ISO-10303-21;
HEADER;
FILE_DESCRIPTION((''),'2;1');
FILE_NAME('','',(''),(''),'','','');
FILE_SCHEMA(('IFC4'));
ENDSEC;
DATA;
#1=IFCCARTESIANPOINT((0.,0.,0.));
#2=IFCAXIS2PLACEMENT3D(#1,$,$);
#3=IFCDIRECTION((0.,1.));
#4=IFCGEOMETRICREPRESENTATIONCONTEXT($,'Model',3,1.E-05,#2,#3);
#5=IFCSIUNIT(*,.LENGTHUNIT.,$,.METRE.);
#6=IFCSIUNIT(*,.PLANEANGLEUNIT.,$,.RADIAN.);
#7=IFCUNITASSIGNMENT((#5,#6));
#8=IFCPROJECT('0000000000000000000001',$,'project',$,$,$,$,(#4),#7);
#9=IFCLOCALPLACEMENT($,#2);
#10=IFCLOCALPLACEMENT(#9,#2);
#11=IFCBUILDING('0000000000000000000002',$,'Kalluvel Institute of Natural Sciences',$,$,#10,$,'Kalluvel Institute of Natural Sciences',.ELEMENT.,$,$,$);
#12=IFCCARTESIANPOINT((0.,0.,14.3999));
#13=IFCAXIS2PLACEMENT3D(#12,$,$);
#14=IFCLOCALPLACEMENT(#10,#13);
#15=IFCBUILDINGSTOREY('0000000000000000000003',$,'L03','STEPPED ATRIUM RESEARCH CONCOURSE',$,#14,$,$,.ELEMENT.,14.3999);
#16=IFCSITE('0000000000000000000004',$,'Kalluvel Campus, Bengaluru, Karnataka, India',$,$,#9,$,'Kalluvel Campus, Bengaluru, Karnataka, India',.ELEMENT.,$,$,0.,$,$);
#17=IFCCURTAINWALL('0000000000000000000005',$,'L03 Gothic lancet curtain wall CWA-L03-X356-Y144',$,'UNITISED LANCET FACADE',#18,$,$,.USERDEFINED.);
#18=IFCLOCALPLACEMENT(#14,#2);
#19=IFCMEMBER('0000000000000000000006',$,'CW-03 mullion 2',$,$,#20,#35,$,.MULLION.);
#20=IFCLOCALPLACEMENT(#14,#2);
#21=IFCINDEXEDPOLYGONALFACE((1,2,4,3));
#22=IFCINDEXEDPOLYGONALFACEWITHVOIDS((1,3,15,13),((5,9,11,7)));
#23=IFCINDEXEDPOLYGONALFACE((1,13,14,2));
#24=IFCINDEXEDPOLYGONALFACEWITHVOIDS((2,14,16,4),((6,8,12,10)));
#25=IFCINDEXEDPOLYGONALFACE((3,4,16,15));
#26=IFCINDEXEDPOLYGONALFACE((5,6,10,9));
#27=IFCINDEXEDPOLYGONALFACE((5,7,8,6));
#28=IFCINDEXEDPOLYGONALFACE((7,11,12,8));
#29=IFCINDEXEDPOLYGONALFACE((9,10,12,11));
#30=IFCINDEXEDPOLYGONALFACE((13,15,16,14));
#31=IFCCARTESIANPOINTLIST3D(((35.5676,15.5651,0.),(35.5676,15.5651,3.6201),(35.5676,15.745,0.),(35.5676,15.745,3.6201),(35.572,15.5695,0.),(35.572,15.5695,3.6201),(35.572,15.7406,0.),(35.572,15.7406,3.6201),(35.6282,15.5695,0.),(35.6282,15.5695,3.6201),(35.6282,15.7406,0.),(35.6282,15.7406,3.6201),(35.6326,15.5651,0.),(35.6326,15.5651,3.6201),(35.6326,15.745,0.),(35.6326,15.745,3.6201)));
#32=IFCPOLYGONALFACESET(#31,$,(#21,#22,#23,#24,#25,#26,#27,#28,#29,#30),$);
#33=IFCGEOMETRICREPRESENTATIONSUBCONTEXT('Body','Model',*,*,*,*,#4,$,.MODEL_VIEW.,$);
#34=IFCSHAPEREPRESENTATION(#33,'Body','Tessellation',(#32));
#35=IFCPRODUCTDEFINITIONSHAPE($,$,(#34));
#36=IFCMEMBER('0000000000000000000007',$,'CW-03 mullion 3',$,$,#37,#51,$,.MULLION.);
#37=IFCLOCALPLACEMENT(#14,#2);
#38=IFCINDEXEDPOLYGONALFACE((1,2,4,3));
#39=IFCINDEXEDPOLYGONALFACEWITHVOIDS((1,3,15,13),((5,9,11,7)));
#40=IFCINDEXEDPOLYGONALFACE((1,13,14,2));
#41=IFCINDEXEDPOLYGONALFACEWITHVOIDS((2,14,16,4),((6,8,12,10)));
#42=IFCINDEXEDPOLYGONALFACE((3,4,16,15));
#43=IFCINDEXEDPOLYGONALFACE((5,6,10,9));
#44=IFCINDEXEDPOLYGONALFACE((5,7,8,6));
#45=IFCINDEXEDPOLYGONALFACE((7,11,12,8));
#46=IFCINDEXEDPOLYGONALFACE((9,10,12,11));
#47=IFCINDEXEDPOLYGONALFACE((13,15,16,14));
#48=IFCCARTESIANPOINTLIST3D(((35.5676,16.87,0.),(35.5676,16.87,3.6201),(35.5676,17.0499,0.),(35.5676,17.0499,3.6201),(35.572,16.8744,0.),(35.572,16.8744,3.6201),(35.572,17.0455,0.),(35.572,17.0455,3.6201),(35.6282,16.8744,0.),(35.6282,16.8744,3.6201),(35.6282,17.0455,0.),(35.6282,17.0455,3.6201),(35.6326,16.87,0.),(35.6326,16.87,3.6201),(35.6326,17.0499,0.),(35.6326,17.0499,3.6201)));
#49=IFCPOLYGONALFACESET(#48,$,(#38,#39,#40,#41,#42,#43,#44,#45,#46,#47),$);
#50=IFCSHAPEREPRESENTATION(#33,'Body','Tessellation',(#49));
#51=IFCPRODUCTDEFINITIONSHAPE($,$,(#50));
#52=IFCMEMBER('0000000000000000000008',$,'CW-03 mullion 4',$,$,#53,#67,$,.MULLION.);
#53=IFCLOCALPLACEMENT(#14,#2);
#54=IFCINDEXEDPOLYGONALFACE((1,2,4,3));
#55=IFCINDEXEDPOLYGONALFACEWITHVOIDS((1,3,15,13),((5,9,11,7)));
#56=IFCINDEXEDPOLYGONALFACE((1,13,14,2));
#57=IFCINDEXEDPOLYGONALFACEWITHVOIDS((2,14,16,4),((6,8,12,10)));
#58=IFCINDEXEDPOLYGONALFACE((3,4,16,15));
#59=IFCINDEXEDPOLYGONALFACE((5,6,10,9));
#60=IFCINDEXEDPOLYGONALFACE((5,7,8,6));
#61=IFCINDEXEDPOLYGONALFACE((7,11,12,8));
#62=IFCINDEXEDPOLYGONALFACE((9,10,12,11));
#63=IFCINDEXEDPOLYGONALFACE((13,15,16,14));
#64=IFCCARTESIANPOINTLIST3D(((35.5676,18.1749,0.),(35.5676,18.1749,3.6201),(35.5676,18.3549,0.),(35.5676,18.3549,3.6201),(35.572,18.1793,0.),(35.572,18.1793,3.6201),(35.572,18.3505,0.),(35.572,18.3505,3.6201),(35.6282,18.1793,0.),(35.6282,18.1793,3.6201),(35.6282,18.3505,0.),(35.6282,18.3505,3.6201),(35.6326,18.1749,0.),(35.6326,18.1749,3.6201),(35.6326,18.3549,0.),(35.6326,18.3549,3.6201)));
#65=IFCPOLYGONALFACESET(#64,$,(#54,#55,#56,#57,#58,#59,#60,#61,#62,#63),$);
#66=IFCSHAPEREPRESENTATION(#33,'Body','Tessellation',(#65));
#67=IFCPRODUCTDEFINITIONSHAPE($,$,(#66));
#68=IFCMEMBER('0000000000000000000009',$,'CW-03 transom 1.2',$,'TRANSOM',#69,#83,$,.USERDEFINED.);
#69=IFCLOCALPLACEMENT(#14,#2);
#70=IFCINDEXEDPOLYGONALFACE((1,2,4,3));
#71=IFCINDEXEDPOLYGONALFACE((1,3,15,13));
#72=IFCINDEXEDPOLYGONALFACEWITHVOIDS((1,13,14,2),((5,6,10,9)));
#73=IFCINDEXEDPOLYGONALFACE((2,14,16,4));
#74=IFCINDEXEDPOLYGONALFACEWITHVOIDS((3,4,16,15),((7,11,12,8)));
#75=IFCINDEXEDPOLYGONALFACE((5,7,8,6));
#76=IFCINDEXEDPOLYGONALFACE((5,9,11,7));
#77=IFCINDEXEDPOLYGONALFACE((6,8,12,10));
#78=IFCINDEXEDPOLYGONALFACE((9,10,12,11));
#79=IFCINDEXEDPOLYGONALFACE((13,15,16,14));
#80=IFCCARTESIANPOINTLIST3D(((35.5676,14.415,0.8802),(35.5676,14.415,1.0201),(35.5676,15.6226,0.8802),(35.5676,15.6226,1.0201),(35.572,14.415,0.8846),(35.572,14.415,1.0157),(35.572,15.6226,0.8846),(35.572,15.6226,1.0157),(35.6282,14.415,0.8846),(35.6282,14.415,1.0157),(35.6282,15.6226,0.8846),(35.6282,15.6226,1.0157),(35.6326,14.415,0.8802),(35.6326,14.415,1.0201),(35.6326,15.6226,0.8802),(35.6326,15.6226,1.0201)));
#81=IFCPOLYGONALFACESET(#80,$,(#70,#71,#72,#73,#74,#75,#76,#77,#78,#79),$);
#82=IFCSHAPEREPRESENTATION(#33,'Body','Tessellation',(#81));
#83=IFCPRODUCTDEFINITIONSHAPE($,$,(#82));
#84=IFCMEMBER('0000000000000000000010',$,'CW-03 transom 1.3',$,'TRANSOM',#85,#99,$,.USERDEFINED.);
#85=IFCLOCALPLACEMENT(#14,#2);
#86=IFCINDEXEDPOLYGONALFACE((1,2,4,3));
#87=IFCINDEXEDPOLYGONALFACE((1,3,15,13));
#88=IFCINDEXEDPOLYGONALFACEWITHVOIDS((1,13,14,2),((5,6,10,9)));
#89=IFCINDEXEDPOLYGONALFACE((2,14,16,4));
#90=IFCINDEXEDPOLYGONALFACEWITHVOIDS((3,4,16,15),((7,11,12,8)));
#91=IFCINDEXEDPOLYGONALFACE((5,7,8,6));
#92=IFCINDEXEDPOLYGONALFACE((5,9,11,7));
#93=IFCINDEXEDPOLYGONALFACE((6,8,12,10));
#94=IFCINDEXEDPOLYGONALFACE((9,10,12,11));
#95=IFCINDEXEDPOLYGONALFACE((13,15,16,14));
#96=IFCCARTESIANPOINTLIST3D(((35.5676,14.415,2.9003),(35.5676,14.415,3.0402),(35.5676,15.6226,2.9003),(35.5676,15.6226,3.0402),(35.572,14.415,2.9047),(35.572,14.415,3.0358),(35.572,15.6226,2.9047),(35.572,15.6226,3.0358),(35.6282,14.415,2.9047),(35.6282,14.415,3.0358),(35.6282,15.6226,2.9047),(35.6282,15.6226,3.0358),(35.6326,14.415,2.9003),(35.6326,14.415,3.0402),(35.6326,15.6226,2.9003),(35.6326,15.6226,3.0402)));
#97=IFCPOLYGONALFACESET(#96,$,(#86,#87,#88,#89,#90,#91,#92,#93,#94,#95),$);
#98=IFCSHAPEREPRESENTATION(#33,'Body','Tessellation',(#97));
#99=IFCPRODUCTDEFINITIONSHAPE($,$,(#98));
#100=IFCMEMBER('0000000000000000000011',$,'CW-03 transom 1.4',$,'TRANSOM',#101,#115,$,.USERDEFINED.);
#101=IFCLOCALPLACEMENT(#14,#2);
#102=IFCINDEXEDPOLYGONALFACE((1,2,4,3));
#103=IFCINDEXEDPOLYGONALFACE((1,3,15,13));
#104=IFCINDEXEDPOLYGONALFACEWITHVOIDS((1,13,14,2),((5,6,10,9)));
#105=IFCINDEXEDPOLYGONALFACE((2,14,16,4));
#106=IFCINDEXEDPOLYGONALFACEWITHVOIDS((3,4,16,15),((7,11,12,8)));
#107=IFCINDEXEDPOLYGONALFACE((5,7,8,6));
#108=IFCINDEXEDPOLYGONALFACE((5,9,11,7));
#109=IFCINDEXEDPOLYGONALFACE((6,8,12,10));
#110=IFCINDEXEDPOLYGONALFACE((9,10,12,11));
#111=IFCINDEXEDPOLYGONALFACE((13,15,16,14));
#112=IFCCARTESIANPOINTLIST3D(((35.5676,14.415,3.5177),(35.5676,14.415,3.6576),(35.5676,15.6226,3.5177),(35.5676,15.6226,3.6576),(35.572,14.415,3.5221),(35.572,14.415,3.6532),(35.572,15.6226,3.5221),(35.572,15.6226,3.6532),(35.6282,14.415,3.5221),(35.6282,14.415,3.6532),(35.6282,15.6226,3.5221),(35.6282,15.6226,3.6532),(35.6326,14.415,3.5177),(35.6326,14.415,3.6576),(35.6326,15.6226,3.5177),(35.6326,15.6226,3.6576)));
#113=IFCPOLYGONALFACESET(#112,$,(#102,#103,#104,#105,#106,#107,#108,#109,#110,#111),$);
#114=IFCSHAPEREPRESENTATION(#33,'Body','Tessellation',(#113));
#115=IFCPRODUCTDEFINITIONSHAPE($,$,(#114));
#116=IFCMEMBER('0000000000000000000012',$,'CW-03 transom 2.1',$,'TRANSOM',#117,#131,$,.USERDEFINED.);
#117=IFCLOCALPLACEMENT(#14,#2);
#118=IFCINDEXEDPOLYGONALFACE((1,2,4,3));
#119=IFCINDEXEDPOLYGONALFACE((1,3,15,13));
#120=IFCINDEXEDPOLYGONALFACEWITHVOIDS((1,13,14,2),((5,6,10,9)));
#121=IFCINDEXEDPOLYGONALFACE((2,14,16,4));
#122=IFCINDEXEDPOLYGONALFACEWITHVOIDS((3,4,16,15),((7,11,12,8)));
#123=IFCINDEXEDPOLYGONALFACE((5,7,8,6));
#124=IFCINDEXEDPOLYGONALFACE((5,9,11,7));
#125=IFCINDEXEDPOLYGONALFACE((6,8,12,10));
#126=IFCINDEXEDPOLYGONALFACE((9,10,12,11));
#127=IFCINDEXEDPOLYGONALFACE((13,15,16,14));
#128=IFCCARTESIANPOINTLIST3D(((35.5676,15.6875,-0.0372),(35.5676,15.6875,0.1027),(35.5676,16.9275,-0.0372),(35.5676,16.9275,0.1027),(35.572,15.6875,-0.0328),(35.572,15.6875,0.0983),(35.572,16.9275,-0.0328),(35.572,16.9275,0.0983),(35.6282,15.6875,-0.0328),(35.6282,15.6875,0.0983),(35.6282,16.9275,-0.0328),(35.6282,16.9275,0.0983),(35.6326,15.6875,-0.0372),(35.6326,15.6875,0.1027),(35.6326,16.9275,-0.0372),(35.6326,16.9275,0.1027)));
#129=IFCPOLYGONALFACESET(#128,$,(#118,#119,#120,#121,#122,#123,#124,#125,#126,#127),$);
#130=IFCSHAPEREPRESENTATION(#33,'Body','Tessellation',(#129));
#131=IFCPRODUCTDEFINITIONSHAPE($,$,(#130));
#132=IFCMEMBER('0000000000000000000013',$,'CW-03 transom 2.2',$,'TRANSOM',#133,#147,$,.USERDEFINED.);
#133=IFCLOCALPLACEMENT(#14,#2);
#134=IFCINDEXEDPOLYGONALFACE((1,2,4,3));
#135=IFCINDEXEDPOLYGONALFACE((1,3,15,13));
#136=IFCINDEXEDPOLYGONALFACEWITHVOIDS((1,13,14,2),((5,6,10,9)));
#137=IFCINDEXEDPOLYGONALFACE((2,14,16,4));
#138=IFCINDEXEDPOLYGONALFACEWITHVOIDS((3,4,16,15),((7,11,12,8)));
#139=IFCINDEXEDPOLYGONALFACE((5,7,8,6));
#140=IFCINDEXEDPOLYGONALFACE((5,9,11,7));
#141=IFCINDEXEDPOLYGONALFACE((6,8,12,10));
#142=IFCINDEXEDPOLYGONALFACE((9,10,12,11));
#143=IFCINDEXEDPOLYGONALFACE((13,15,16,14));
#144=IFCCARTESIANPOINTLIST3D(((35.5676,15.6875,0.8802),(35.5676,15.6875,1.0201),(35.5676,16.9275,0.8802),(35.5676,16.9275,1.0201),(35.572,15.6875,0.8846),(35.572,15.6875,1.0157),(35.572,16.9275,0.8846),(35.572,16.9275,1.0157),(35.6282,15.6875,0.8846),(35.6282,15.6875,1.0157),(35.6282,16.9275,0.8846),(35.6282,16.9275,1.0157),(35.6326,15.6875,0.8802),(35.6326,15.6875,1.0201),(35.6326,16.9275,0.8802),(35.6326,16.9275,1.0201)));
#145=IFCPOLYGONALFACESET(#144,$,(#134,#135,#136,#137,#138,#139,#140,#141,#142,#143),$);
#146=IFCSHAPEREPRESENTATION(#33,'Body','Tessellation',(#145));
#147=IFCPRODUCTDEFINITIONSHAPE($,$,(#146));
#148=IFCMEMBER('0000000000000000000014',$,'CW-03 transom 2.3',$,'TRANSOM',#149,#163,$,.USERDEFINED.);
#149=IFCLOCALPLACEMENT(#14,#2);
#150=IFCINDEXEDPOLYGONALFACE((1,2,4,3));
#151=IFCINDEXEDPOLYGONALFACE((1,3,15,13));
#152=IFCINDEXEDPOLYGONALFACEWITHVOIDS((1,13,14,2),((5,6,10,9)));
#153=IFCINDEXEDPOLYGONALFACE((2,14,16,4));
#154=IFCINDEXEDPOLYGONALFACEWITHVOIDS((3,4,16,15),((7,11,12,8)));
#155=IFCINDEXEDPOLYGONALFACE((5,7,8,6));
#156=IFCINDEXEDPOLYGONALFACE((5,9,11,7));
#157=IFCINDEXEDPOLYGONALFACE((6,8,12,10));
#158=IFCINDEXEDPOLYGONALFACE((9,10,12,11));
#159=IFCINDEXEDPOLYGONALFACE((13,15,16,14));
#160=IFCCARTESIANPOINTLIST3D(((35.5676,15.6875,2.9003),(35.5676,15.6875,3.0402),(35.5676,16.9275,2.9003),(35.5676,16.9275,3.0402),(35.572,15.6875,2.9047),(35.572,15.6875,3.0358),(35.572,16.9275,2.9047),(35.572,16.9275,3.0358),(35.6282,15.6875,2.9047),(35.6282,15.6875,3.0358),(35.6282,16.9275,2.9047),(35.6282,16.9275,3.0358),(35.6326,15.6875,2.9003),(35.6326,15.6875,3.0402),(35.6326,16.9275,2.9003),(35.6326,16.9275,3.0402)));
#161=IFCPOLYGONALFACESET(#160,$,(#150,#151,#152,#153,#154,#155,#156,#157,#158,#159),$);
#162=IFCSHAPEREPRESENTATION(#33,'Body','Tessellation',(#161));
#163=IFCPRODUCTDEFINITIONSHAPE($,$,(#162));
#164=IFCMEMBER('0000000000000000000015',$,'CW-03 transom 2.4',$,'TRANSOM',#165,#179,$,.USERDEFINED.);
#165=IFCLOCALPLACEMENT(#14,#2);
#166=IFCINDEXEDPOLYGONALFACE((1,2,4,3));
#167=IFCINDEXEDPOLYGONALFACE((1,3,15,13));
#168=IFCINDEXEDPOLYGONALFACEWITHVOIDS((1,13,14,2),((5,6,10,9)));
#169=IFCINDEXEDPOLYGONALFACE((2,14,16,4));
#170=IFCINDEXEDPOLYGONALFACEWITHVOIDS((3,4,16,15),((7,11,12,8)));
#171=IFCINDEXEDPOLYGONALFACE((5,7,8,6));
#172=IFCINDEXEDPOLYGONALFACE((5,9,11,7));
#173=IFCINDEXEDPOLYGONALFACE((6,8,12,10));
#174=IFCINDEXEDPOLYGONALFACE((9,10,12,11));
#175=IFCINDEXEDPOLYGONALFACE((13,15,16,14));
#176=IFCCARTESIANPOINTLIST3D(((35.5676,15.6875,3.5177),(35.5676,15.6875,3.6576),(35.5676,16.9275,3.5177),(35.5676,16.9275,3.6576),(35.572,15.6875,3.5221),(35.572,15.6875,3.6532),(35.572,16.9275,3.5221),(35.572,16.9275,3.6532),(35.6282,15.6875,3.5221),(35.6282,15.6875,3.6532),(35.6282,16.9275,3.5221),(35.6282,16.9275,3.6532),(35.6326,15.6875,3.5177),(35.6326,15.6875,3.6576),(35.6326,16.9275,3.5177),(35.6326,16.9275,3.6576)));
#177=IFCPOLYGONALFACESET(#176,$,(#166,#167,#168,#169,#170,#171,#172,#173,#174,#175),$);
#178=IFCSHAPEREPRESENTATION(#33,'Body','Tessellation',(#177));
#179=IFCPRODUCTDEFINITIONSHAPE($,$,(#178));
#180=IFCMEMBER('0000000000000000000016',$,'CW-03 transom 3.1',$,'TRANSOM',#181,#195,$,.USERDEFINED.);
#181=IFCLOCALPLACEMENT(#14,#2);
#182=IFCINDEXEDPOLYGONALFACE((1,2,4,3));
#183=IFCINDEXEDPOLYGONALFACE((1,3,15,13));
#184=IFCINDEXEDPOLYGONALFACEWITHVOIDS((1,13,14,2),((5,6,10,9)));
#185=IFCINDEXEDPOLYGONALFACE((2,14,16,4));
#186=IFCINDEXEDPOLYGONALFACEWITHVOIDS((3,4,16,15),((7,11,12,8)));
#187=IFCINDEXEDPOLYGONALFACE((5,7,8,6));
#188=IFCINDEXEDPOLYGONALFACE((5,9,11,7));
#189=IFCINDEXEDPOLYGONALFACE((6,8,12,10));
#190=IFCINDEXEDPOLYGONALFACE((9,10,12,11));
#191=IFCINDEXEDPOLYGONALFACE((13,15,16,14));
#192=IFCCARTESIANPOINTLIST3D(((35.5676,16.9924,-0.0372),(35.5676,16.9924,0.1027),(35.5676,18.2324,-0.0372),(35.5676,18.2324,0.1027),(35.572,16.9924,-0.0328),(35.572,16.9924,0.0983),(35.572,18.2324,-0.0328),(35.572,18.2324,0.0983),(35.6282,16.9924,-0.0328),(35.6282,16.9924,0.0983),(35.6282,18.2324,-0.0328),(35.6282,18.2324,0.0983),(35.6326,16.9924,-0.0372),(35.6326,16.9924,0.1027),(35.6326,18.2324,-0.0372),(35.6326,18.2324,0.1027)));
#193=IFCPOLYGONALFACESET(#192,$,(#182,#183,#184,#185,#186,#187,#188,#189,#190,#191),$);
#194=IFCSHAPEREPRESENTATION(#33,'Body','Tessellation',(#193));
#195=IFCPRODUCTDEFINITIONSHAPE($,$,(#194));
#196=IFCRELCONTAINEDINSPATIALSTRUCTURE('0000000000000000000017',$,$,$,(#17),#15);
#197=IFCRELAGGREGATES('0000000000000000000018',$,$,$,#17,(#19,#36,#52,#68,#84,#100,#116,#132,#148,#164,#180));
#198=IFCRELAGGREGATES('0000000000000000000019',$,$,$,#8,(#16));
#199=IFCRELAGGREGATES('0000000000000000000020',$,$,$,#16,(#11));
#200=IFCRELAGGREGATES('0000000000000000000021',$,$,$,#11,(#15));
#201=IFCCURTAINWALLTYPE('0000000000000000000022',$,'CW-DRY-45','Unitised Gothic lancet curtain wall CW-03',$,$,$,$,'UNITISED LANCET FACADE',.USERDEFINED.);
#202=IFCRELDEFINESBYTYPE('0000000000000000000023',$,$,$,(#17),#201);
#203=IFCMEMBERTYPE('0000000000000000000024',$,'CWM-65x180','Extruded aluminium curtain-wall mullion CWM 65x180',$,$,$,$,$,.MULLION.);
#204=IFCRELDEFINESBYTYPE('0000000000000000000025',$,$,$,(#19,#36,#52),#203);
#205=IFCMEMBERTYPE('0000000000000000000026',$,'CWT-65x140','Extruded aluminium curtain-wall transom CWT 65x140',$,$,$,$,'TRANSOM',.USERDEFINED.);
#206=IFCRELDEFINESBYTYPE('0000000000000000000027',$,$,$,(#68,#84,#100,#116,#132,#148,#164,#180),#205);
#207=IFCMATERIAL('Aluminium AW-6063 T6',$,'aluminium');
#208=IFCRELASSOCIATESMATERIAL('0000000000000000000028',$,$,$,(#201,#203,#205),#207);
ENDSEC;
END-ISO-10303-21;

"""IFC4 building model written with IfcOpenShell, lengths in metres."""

from ifc_helpers import new_model, si_unit, direction, frame, origin, origin_2d, place, context, subcontext, project, spatial, hollow_rectangle, extrude, material, material_profile, profile_set, type_object, element, aggregate, save


model = new_model("IFC4")

# Units and contexts
model_context = context("Model", 3, precision=1e-05, world=origin(), true_north=direction((0.0, 1.0)))
body_context = subcontext(model_context, "Body", "Model", "MODEL_VIEW")
ifc_project = project(units=[si_unit("LENGTHUNIT", "METRE"), si_unit("PLANEANGLEUNIT", "RADIAN")], contexts=[model_context])

# Site, building, storey
site_placement = place(None, origin())
site = spatial("IfcSite", under=ifc_project, at=site_placement, Name="Kalluvel Campus, Bengaluru, Karnataka, India", LongName="Kalluvel Campus, Bengaluru, Karnataka, India", CompositionType="ELEMENT", RefElevation=0.0)
building_placement = place(site_placement, origin())
building = spatial("IfcBuilding", under=site, at=building_placement, Name="Kalluvel Institute of Natural Sciences", LongName="Kalluvel Institute of Natural Sciences", CompositionType="ELEMENT")
storey_placement = place(building_placement, frame((0.0, 0.0, 14.3999)))
storey = spatial("IfcBuildingStorey", under=building, at=storey_placement, Name="L03", Description="STEPPED ATRIUM RESEARCH CONCOURSE", CompositionType="ELEMENT", Elevation=14.3999)

# Curtain wall, members
ifc_material_1 = material(Name="Aluminium AW-6063 T6", Category="aluminium")
curtain_wall_type = type_object("IfcCurtainWallType", Name="CW-DRY-45", Description="Unitised Gothic lancet curtain wall CW-03", ElementType="UNITISED LANCET FACADE", PredefinedType="USERDEFINED", material=ifc_material_1)
curtain_wall_placement = place(storey_placement, origin())
curtain_wall = element("IfcCurtainWall", 1, at=curtain_wall_placement, inside=storey, type_object=curtain_wall_type, Name="L03 Gothic lancet curtain wall CWA-L03-X356-Y144", ObjectType="UNITISED LANCET FACADE", PredefinedType="USERDEFINED")
ifc_material_profile_1 = material_profile(ifc_material_1, hollow_rectangle(XDim=0.0649, YDim=0.1799, WallThickness=0.0044, at=origin_2d()), Name="CWM 65x180")
ifc_profile_set_1 = profile_set([ifc_material_profile_1], Name="Aluminium AW-6063 T6")
member_type_1 = type_object("IfcMemberType", Name="CWM-65x180", Description="Extruded aluminium curtain-wall mullion CWM 65x180", PredefinedType="MULLION", material=ifc_profile_set_1)
member_1_placement = place(storey_placement, frame((35.6001, 15.655, 0.0), z_axis=(0.0, 0.0, 1.0), x_axis=(-1.0, 0.0, 0.0)))
member_1 = element("IfcMember", 2, at=member_1_placement, type_object=member_type_1, Name="CW-03 mullion 2", PredefinedType="MULLION", context=body_context, shape_type="SweptSolid", body=[
    extrude(hollow_rectangle(XDim=0.0649, YDim=0.1799, WallThickness=0.0044, at=origin_2d()), origin(), (0.0, 0.0, 1.0), 3.6201),
])
member_2_placement = place(storey_placement, frame((35.6001, 16.96, 0.0), z_axis=(0.0, 0.0, 1.0), x_axis=(-1.0, 0.0, 0.0)))
member_2 = element("IfcMember", 3, at=member_2_placement, type_object=member_type_1, Name="CW-03 mullion 3", PredefinedType="MULLION", context=body_context, shape_type="SweptSolid", body=[
    extrude(hollow_rectangle(XDim=0.0649, YDim=0.1799, WallThickness=0.0044, at=origin_2d()), origin(), (0.0, 0.0, 1.0), 3.6201),
])
member_3_placement = place(storey_placement, frame((35.6001, 18.2649, 0.0), z_axis=(0.0, 0.0, 1.0), x_axis=(-1.0, 0.0, 0.0)))
member_3 = element("IfcMember", 4, at=member_3_placement, type_object=member_type_1, Name="CW-03 mullion 4", PredefinedType="MULLION", context=body_context, shape_type="SweptSolid", body=[
    extrude(hollow_rectangle(XDim=0.0649, YDim=0.1799, WallThickness=0.0044, at=origin_2d()), origin(), (0.0, 0.0, 1.0), 3.6201),
])
ifc_material_profile_2 = material_profile(ifc_material_1, hollow_rectangle(XDim=0.0649, YDim=0.1399, WallThickness=0.0044, at=origin_2d()), Name="CWT 65x140")
ifc_profile_set_2 = profile_set([ifc_material_profile_2], Name="Aluminium AW-6063 T6")
member_type_2 = type_object("IfcMemberType", Name="CWT-65x140", Description="Extruded aluminium curtain-wall transom CWT 65x140", ElementType="TRANSOM", PredefinedType="USERDEFINED", material=ifc_profile_set_2)
member_4_placement = place(storey_placement, frame((35.6001, 14.415, 0.9502), z_axis=(0.0, 1.0, 0.0), x_axis=(-1.0, 0.0, 0.0)))
member_4 = element("IfcMember", 5, at=member_4_placement, type_object=member_type_2, Name="CW-03 transom 1.2", ObjectType="TRANSOM", PredefinedType="USERDEFINED", context=body_context, shape_type="SweptSolid", body=[
    extrude(hollow_rectangle(XDim=0.0649, YDim=0.1399, WallThickness=0.0044, at=origin_2d()), origin(), (0.0, 0.0, 1.0), 1.2075),
])
member_5_placement = place(storey_placement, frame((35.6001, 14.415, 2.9702), z_axis=(0.0, 1.0, 0.0), x_axis=(-1.0, 0.0, 0.0)))
member_5 = element("IfcMember", 6, at=member_5_placement, type_object=member_type_2, Name="CW-03 transom 1.3", ObjectType="TRANSOM", PredefinedType="USERDEFINED", context=body_context, shape_type="SweptSolid", body=[
    extrude(hollow_rectangle(XDim=0.0649, YDim=0.1399, WallThickness=0.0044, at=origin_2d()), origin(), (0.0, 0.0, 1.0), 1.2075),
])
member_6_placement = place(storey_placement, frame((35.6001, 14.415, 3.5876), z_axis=(0.0, 1.0, 0.0), x_axis=(-1.0, 0.0, 0.0)))
member_6 = element("IfcMember", 7, at=member_6_placement, type_object=member_type_2, Name="CW-03 transom 1.4", ObjectType="TRANSOM", PredefinedType="USERDEFINED", context=body_context, shape_type="SweptSolid", body=[
    extrude(hollow_rectangle(XDim=0.0649, YDim=0.1399, WallThickness=0.0044, at=origin_2d()), origin(), (0.0, 0.0, 1.0), 1.2075),
])
member_7_placement = place(storey_placement, frame((35.6001, 15.6875, 0.0327), z_axis=(0.0, 1.0, 0.0), x_axis=(-1.0, 0.0, 0.0)))
member_7 = element("IfcMember", 8, at=member_7_placement, type_object=member_type_2, Name="CW-03 transom 2.1", ObjectType="TRANSOM", PredefinedType="USERDEFINED", context=body_context, shape_type="SweptSolid", body=[
    extrude(hollow_rectangle(XDim=0.0649, YDim=0.1399, WallThickness=0.0044, at=origin_2d()), origin(), (0.0, 0.0, 1.0), 1.24),
])
member_8_placement = place(storey_placement, frame((35.6001, 15.6875, 0.9502), z_axis=(0.0, 1.0, 0.0), x_axis=(-1.0, 0.0, 0.0)))
member_8 = element("IfcMember", 9, at=member_8_placement, type_object=member_type_2, Name="CW-03 transom 2.2", ObjectType="TRANSOM", PredefinedType="USERDEFINED", context=body_context, shape_type="SweptSolid", body=[
    extrude(hollow_rectangle(XDim=0.0649, YDim=0.1399, WallThickness=0.0044, at=origin_2d()), origin(), (0.0, 0.0, 1.0), 1.24),
])
member_9_placement = place(storey_placement, frame((35.6001, 15.6875, 2.9702), z_axis=(0.0, 1.0, 0.0), x_axis=(-1.0, 0.0, 0.0)))
member_9 = element("IfcMember", 10, at=member_9_placement, type_object=member_type_2, Name="CW-03 transom 2.3", ObjectType="TRANSOM", PredefinedType="USERDEFINED", context=body_context, shape_type="SweptSolid", body=[
    extrude(hollow_rectangle(XDim=0.0649, YDim=0.1399, WallThickness=0.0044, at=origin_2d()), origin(), (0.0, 0.0, 1.0), 1.24),
])
member_10_placement = place(storey_placement, frame((35.6001, 15.6875, 3.5876), z_axis=(0.0, 1.0, 0.0), x_axis=(-1.0, 0.0, 0.0)))
member_10 = element("IfcMember", 11, at=member_10_placement, type_object=member_type_2, Name="CW-03 transom 2.4", ObjectType="TRANSOM", PredefinedType="USERDEFINED", context=body_context, shape_type="SweptSolid", body=[
    extrude(hollow_rectangle(XDim=0.0649, YDim=0.1399, WallThickness=0.0044, at=origin_2d()), origin(), (0.0, 0.0, 1.0), 1.24),
])
member_11_placement = place(storey_placement, frame((35.6001, 16.9924, 0.0327), z_axis=(0.0, 1.0, 0.0), x_axis=(-1.0, 0.0, 0.0)))
member_11 = element("IfcMember", 12, at=member_11_placement, type_object=member_type_2, Name="CW-03 transom 3.1", ObjectType="TRANSOM", PredefinedType="USERDEFINED", context=body_context, shape_type="SweptSolid", body=[
    extrude(hollow_rectangle(XDim=0.0649, YDim=0.1399, WallThickness=0.0044, at=origin_2d()), origin(), (0.0, 0.0, 1.0), 1.24),
])
aggregate(curtain_wall, [member_1, member_2, member_3, member_4, member_5, member_6, member_7, member_8, member_9, member_10, member_11])

save(model, "model.ifc")
